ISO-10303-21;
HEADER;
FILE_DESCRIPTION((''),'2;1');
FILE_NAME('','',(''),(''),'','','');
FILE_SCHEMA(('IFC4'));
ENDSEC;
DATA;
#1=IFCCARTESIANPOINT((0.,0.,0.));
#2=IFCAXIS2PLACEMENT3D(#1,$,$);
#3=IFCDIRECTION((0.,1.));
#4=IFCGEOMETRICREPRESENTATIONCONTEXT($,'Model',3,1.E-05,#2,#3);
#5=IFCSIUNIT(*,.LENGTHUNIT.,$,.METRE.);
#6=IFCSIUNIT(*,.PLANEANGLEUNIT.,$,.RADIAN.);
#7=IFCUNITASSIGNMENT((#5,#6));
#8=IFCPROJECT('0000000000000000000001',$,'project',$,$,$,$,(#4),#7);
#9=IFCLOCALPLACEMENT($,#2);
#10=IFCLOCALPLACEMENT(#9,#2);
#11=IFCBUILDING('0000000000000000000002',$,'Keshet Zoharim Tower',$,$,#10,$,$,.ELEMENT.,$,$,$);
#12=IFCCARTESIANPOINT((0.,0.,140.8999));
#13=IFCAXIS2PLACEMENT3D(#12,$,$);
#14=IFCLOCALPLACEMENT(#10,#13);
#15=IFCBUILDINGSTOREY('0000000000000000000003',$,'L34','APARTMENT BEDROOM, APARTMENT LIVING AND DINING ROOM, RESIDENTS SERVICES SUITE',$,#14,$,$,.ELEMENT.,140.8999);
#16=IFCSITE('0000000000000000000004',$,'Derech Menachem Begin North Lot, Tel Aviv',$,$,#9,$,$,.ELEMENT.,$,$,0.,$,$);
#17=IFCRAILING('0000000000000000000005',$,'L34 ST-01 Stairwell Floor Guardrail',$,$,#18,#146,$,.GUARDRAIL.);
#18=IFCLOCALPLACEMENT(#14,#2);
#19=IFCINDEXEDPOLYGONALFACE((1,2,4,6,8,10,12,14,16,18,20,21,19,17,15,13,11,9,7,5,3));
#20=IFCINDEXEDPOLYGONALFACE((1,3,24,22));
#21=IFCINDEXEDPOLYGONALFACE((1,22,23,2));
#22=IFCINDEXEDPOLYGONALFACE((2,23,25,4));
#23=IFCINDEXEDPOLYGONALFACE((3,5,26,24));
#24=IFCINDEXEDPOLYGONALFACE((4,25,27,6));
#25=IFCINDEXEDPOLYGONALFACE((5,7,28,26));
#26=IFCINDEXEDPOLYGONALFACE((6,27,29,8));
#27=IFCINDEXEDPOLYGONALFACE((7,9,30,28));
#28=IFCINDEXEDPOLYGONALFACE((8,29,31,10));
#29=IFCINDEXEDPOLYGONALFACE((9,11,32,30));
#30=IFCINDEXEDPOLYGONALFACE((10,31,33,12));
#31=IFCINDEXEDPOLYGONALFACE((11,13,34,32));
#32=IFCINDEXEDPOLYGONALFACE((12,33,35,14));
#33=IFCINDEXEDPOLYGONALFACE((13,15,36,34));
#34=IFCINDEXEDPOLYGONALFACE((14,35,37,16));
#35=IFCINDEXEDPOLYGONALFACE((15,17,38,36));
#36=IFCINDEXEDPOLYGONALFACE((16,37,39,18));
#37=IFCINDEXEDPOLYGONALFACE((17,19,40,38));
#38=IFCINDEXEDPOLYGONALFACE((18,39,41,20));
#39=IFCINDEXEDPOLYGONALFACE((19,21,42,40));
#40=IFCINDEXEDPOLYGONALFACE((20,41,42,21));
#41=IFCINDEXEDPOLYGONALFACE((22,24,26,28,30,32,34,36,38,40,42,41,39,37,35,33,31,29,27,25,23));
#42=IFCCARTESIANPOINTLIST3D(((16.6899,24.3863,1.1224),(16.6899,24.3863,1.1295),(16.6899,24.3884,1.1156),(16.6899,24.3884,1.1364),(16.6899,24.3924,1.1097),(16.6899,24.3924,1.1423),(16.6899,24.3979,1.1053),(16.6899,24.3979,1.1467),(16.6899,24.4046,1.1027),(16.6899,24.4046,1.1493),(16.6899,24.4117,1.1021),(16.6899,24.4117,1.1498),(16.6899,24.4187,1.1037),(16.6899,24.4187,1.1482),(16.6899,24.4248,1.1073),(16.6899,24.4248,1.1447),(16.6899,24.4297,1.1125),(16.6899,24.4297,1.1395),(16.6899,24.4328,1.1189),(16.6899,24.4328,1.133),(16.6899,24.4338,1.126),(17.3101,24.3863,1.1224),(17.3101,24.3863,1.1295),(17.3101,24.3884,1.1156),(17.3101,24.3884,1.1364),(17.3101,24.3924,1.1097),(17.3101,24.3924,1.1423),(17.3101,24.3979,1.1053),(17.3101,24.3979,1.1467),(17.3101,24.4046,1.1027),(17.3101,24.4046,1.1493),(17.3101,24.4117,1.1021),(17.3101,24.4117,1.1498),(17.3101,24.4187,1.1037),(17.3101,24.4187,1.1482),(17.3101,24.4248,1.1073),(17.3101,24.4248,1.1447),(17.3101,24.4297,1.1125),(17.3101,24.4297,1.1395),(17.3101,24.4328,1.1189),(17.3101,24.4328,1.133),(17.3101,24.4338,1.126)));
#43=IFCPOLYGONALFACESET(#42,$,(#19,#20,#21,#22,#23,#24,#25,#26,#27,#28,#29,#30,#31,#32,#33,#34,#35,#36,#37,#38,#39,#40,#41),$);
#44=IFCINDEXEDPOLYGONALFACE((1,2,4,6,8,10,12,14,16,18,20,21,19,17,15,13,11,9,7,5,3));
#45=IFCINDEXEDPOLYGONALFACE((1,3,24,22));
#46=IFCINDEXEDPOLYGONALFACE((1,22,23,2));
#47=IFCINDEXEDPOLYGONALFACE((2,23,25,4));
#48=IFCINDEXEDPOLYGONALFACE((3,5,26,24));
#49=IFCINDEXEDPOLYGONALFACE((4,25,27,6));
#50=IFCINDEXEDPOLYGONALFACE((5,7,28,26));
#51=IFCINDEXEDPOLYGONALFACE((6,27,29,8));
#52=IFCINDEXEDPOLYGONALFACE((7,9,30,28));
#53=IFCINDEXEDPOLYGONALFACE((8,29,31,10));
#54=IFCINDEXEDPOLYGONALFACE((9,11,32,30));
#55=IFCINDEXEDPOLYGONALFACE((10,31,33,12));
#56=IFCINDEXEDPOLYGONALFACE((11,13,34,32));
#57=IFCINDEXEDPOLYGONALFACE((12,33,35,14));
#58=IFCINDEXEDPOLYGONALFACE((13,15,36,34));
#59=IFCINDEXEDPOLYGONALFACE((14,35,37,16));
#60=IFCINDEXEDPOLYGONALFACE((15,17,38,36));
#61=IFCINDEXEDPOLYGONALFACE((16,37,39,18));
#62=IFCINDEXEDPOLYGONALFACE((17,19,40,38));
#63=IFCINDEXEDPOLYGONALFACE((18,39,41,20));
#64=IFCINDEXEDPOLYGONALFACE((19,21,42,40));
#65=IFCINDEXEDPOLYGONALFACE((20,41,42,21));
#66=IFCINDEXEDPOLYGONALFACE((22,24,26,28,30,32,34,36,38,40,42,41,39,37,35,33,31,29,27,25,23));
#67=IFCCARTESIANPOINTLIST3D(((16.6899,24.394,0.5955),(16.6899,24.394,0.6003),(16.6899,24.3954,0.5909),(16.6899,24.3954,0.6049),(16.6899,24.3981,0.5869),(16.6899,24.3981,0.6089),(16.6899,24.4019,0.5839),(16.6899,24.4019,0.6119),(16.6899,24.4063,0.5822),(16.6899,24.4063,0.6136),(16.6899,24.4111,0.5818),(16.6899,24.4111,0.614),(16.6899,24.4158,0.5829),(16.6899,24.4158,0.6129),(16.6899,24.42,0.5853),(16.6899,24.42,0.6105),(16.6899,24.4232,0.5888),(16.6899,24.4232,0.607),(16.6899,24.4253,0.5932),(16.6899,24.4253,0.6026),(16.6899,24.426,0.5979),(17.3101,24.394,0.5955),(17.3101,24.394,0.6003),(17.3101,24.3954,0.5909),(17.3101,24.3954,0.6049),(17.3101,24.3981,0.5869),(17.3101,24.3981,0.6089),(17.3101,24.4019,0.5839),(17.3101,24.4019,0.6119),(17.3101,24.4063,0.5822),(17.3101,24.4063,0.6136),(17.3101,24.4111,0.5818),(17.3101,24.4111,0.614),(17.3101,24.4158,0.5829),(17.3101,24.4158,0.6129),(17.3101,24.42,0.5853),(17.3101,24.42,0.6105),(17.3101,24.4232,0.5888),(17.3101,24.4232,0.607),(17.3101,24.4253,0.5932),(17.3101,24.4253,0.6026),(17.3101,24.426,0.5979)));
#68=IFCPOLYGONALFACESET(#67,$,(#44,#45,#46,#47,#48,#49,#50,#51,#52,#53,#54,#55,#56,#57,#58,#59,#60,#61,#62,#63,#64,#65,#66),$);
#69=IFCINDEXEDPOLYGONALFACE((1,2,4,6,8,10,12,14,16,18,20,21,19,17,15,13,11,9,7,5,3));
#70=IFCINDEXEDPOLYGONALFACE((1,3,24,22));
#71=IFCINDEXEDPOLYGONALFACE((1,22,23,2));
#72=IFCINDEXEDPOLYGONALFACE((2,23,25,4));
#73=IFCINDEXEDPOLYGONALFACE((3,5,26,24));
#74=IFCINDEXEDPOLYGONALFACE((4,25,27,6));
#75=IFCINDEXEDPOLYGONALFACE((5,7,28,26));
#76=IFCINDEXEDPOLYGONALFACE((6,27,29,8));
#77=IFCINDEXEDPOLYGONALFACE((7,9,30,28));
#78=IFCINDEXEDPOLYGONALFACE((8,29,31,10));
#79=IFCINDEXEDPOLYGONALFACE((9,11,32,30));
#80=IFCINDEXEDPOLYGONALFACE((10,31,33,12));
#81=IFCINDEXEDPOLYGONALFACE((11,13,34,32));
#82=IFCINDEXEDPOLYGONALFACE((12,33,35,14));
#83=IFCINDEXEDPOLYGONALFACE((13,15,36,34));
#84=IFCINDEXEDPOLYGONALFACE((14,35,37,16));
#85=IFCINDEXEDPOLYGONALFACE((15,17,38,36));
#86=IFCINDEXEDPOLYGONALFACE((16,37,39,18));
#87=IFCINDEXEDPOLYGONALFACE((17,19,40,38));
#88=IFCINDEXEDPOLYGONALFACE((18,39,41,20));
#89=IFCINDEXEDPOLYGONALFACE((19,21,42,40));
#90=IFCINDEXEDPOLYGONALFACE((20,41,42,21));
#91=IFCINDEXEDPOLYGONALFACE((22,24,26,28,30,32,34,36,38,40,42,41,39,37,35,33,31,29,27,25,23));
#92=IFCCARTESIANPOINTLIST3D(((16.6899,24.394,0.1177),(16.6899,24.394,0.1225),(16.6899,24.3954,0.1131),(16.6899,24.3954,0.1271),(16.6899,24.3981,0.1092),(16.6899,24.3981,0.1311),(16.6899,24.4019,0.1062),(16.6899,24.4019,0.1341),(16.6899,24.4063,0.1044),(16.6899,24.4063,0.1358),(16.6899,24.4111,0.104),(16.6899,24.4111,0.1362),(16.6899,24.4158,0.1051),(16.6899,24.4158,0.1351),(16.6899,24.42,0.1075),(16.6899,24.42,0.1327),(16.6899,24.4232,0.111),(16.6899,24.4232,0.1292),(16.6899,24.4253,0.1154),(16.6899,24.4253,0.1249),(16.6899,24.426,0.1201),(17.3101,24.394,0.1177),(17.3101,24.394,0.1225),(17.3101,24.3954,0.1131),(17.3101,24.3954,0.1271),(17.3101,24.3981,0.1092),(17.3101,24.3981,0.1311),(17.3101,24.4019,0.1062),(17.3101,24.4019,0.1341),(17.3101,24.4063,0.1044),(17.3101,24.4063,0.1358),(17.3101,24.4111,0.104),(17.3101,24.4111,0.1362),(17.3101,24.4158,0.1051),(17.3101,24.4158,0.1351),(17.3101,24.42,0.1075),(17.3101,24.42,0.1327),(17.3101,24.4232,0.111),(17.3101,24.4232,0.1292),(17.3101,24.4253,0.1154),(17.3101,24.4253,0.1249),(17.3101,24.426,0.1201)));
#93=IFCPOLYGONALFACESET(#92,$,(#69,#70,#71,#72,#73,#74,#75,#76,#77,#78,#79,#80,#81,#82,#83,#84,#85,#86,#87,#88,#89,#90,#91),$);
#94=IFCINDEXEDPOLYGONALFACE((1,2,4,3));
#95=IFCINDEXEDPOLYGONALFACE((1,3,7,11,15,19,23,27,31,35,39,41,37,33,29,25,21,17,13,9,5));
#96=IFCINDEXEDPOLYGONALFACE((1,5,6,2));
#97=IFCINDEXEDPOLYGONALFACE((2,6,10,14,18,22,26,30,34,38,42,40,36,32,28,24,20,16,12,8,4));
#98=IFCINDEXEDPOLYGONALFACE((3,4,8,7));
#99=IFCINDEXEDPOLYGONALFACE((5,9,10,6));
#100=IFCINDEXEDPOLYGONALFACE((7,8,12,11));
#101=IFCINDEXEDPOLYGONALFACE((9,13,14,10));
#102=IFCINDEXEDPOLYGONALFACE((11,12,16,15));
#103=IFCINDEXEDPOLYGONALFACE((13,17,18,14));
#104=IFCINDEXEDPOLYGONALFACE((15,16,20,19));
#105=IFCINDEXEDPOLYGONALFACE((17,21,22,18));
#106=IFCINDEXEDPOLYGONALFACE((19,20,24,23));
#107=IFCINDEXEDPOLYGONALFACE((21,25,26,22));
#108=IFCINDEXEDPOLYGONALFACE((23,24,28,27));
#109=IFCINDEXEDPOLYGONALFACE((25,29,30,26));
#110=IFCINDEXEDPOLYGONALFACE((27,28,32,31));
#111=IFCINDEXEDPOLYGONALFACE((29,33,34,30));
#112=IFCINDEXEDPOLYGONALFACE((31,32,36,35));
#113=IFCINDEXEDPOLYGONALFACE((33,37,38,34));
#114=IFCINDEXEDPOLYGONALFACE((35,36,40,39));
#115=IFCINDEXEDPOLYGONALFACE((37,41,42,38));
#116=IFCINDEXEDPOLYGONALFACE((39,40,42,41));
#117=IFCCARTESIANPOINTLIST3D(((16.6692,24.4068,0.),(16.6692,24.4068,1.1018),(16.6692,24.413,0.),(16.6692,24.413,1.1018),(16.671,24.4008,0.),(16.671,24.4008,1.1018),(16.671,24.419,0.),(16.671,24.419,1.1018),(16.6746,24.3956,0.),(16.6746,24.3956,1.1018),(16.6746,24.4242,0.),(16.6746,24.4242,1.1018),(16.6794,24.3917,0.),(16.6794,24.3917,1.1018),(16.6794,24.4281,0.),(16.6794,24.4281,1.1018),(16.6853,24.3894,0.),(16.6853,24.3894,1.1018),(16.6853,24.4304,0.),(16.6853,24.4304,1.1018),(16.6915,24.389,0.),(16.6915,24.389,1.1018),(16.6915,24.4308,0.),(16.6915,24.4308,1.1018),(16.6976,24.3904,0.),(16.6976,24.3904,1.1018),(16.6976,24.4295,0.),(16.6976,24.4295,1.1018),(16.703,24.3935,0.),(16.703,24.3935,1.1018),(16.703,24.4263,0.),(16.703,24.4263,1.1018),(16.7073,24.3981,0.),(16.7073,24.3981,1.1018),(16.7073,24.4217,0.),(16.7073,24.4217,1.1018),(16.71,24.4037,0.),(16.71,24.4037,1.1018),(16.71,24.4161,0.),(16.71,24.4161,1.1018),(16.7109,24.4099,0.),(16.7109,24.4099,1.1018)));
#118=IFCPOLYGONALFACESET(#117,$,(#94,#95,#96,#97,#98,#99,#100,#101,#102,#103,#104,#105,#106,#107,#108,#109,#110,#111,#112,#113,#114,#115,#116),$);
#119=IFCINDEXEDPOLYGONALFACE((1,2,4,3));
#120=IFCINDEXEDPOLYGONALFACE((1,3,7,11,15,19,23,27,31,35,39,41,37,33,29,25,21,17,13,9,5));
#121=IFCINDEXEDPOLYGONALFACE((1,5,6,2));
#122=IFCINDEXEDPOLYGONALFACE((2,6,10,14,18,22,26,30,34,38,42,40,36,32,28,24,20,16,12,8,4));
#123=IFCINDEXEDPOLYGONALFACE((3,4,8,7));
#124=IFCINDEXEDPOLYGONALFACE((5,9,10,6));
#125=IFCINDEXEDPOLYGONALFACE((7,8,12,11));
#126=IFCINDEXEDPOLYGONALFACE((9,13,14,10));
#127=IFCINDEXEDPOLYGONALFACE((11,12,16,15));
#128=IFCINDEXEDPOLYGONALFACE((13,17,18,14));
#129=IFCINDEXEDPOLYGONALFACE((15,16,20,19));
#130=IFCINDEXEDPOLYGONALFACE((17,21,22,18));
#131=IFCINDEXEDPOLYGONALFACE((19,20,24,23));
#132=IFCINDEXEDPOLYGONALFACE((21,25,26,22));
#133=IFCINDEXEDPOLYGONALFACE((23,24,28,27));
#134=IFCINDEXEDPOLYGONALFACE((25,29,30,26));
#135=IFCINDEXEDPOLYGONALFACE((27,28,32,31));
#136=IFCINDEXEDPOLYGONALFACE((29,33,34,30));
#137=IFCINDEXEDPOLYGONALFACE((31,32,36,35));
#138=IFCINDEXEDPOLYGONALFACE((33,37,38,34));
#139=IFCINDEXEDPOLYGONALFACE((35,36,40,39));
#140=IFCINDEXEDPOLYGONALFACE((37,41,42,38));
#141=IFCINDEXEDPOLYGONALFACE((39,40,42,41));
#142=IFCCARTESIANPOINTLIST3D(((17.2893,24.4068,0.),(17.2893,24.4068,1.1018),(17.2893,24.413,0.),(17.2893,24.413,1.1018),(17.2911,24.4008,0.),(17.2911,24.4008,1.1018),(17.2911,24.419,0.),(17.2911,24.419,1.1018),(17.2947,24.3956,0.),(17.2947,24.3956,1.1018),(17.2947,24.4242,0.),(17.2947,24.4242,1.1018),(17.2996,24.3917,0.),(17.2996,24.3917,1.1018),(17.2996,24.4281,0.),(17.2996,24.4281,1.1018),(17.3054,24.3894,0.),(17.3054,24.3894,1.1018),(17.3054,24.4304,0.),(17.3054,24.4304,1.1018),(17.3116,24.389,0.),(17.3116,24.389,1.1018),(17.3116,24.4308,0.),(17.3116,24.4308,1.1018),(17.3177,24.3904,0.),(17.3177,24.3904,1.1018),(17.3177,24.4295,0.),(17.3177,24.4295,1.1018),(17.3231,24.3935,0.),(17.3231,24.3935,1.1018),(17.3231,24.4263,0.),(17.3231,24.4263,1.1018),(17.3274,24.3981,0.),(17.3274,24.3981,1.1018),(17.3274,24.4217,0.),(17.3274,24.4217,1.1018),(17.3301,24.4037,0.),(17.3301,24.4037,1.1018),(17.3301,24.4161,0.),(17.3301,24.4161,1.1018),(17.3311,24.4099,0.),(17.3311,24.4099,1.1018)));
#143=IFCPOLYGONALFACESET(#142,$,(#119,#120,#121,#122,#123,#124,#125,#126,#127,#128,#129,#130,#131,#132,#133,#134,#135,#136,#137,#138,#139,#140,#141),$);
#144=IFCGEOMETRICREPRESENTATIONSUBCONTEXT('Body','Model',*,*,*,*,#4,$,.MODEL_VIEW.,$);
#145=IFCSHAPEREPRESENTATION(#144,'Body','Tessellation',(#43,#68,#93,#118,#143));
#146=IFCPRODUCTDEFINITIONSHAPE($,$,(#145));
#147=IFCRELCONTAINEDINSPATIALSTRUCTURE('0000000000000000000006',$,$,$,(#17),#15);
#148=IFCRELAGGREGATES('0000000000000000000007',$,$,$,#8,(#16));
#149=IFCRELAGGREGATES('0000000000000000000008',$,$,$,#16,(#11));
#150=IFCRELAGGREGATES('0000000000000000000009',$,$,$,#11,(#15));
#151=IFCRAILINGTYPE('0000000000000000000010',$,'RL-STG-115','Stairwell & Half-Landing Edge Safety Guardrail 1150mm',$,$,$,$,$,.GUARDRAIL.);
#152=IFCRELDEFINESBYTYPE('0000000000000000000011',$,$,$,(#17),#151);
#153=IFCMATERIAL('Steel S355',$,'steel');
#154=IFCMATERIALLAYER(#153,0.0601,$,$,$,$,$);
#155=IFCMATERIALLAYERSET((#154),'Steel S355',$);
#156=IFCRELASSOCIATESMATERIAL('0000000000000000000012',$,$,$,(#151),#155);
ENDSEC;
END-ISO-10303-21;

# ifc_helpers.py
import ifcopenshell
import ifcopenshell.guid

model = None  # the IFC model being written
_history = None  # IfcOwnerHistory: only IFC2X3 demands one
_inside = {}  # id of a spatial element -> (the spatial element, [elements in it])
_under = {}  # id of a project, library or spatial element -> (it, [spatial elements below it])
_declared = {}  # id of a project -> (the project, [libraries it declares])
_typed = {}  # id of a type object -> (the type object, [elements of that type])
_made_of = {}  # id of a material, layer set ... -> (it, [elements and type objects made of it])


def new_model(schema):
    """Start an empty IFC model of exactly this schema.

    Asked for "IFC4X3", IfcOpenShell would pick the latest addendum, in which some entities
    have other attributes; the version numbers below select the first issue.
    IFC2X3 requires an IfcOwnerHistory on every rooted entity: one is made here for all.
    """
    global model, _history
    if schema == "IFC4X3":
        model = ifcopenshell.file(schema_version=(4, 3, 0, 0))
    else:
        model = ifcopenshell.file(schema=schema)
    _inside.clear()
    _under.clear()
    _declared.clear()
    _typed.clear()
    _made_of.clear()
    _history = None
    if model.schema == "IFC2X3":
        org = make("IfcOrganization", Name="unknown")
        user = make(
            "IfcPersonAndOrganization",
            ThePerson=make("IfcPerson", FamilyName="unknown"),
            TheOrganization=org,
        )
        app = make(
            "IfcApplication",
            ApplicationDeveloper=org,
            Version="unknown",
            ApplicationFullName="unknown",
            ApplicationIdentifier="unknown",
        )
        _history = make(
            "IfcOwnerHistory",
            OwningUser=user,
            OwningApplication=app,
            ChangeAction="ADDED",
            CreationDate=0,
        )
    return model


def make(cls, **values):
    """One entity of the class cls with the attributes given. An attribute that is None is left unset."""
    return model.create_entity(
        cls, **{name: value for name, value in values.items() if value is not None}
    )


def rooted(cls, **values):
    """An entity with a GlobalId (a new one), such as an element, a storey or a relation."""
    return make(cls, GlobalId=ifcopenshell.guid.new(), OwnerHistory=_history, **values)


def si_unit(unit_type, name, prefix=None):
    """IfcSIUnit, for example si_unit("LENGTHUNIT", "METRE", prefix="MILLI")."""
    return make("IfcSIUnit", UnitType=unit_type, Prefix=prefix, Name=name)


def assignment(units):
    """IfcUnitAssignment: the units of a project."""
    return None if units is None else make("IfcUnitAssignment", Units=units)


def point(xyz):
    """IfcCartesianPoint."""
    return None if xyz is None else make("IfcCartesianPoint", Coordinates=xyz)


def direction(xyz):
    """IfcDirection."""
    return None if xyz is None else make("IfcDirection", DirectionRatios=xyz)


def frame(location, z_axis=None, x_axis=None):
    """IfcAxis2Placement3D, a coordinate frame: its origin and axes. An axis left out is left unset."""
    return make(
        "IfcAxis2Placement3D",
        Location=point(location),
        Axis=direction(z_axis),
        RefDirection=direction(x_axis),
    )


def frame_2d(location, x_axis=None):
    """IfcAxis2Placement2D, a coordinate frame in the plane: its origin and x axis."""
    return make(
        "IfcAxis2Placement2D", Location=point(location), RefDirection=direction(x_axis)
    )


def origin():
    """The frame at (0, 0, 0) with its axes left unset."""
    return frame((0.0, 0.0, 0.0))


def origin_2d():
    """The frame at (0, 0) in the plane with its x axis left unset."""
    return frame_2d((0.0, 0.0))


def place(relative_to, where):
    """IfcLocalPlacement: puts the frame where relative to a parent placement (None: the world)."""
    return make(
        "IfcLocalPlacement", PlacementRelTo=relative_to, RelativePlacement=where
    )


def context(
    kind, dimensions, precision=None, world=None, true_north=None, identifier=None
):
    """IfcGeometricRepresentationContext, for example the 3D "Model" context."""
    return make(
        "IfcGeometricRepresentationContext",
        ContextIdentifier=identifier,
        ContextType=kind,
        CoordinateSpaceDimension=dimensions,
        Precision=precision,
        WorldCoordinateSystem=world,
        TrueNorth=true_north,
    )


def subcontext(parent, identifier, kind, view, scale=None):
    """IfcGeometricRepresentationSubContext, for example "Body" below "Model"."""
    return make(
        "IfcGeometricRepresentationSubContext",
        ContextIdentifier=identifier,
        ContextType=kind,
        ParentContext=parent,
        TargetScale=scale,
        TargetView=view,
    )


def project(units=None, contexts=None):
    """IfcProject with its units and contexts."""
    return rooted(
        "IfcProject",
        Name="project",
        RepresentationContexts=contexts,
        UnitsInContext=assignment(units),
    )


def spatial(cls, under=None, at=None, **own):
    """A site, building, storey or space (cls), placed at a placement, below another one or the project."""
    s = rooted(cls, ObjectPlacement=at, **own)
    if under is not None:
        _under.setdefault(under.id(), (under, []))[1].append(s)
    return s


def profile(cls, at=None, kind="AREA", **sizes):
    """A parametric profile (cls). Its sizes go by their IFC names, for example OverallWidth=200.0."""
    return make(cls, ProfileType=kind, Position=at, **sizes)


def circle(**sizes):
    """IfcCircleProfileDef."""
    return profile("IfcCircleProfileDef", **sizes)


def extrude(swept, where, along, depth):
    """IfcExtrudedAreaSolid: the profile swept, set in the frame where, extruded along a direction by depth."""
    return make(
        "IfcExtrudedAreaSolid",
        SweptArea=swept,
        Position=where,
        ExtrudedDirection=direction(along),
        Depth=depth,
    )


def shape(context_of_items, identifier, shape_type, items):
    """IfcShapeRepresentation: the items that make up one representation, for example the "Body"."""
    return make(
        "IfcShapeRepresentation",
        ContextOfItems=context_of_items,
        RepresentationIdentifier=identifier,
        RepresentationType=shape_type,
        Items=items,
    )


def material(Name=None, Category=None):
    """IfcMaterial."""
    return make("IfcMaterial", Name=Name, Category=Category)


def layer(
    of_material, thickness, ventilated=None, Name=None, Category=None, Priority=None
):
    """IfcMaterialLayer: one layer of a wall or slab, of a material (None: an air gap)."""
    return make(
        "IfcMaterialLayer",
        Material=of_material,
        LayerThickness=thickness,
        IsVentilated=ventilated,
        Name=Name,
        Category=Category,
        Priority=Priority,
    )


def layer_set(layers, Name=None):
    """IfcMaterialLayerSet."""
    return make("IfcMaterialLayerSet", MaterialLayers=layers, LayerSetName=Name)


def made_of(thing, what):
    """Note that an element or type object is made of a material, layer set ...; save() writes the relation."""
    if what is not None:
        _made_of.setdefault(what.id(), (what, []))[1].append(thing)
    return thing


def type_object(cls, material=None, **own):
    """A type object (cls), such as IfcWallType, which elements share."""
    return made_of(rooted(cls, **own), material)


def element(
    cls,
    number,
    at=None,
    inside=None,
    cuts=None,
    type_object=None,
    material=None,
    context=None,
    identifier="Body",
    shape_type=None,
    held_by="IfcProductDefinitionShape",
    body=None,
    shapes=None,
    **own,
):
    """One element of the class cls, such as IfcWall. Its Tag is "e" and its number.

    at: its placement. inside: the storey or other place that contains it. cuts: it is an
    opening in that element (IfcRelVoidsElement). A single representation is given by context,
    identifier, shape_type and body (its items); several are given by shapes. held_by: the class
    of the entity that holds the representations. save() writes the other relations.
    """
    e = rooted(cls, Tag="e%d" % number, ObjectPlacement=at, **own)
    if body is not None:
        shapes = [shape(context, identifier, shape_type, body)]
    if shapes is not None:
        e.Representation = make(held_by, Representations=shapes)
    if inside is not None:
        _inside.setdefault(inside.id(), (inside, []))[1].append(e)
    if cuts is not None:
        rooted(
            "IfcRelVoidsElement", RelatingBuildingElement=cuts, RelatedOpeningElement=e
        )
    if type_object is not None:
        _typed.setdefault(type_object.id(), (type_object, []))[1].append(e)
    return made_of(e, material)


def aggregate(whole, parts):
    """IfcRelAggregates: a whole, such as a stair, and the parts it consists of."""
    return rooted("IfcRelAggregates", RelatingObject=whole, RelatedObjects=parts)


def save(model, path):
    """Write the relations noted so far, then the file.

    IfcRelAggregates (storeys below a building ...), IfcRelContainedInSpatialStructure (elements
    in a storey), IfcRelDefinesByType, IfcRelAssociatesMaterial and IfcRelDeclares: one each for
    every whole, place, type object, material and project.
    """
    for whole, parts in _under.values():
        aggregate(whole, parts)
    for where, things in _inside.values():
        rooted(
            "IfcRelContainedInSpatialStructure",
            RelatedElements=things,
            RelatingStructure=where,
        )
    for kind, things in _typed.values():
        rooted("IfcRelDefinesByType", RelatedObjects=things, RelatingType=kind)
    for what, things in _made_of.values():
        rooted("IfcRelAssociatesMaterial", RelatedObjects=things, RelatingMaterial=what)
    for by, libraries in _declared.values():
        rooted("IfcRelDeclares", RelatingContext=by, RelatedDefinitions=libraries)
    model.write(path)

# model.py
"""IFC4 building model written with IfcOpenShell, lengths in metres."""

from ifc_helpers import new_model, si_unit, direction, frame, origin, origin_2d, place, context, subcontext, project, spatial, circle, extrude, material, layer, layer_set, type_object, element, save


model = new_model("IFC4")

# Units and contexts
model_context = context("Model", 3, precision=1e-05, world=origin(), true_north=direction((0.0, 1.0)))
body_context = subcontext(model_context, "Body", "Model", "MODEL_VIEW")
ifc_project = project(units=[si_unit("LENGTHUNIT", "METRE"), si_unit("PLANEANGLEUNIT", "RADIAN")], contexts=[model_context])

# Site, building, storey
site_placement = place(None, origin())
site = spatial("IfcSite", under=ifc_project, at=site_placement, Name="Derech Menachem Begin North Lot, Tel Aviv", CompositionType="ELEMENT", RefElevation=0.0)
building_placement = place(site_placement, origin())
building = spatial("IfcBuilding", under=site, at=building_placement, Name="Keshet Zoharim Tower", CompositionType="ELEMENT")
storey_placement = place(building_placement, frame((0.0, 0.0, 140.8999)))
storey = spatial("IfcBuildingStorey", under=building, at=storey_placement, Name="L34", Description="APARTMENT BEDROOM, APARTMENT LIVING AND DINING ROOM, RESIDENTS SERVICES SUITE", CompositionType="ELEMENT", Elevation=140.8999)

# Shared definitions
ifc_material_1 = material(Name="Steel S355", Category="steel")

# Railing
ifc_layer_1 = layer(ifc_material_1, 0.0601)
ifc_layer_set_1 = layer_set([ifc_layer_1], Name="Steel S355")
railing_type_1 = type_object("IfcRailingType", Name="RL-STG-115", Description="Stairwell & Half-Landing Edge Safety Guardrail 1150mm", PredefinedType="GUARDRAIL", material=ifc_layer_set_1)
railing_1_placement = place(storey_placement, frame((16.6899, 24.4099, 0.0)))
element("IfcRailing", 1, at=railing_1_placement, inside=storey, type_object=railing_type_1, Name="L34 ST-01 Stairwell Floor Guardrail", PredefinedType="GUARDRAIL", context=body_context, shape_type="SweptSolid", body=[
    extrude(circle(Radius=0.0239, at=origin_2d()), frame((0.0, 0.0, 1.126), z_axis=(1.0, 0.0, 0.0), x_axis=(0.0, 1.0, 0.0)), (0.0, 0.0, 1.0), 0.6201),
    extrude(circle(Radius=0.0161, at=origin_2d()), frame((0.0, 0.0, 0.5979), z_axis=(1.0, 0.0, 0.0), x_axis=(0.0, 1.0, 0.0)), (0.0, 0.0, 1.0), 0.6201),
    extrude(circle(Radius=0.0161, at=origin_2d()), frame((0.0, 0.0, 0.1201), z_axis=(1.0, 0.0, 0.0), x_axis=(0.0, 1.0, 0.0)), (0.0, 0.0, 1.0), 0.6201),
    extrude(circle(Radius=0.021, at=origin_2d()), origin(), (0.0, 0.0, 1.0), 1.1018),
    extrude(circle(Radius=0.021, at=origin_2d()), frame((0.6201, 0.0, 0.0)), (0.0, 0.0, 1.0), 1.1018),
])

save(model, "model.ifc")
